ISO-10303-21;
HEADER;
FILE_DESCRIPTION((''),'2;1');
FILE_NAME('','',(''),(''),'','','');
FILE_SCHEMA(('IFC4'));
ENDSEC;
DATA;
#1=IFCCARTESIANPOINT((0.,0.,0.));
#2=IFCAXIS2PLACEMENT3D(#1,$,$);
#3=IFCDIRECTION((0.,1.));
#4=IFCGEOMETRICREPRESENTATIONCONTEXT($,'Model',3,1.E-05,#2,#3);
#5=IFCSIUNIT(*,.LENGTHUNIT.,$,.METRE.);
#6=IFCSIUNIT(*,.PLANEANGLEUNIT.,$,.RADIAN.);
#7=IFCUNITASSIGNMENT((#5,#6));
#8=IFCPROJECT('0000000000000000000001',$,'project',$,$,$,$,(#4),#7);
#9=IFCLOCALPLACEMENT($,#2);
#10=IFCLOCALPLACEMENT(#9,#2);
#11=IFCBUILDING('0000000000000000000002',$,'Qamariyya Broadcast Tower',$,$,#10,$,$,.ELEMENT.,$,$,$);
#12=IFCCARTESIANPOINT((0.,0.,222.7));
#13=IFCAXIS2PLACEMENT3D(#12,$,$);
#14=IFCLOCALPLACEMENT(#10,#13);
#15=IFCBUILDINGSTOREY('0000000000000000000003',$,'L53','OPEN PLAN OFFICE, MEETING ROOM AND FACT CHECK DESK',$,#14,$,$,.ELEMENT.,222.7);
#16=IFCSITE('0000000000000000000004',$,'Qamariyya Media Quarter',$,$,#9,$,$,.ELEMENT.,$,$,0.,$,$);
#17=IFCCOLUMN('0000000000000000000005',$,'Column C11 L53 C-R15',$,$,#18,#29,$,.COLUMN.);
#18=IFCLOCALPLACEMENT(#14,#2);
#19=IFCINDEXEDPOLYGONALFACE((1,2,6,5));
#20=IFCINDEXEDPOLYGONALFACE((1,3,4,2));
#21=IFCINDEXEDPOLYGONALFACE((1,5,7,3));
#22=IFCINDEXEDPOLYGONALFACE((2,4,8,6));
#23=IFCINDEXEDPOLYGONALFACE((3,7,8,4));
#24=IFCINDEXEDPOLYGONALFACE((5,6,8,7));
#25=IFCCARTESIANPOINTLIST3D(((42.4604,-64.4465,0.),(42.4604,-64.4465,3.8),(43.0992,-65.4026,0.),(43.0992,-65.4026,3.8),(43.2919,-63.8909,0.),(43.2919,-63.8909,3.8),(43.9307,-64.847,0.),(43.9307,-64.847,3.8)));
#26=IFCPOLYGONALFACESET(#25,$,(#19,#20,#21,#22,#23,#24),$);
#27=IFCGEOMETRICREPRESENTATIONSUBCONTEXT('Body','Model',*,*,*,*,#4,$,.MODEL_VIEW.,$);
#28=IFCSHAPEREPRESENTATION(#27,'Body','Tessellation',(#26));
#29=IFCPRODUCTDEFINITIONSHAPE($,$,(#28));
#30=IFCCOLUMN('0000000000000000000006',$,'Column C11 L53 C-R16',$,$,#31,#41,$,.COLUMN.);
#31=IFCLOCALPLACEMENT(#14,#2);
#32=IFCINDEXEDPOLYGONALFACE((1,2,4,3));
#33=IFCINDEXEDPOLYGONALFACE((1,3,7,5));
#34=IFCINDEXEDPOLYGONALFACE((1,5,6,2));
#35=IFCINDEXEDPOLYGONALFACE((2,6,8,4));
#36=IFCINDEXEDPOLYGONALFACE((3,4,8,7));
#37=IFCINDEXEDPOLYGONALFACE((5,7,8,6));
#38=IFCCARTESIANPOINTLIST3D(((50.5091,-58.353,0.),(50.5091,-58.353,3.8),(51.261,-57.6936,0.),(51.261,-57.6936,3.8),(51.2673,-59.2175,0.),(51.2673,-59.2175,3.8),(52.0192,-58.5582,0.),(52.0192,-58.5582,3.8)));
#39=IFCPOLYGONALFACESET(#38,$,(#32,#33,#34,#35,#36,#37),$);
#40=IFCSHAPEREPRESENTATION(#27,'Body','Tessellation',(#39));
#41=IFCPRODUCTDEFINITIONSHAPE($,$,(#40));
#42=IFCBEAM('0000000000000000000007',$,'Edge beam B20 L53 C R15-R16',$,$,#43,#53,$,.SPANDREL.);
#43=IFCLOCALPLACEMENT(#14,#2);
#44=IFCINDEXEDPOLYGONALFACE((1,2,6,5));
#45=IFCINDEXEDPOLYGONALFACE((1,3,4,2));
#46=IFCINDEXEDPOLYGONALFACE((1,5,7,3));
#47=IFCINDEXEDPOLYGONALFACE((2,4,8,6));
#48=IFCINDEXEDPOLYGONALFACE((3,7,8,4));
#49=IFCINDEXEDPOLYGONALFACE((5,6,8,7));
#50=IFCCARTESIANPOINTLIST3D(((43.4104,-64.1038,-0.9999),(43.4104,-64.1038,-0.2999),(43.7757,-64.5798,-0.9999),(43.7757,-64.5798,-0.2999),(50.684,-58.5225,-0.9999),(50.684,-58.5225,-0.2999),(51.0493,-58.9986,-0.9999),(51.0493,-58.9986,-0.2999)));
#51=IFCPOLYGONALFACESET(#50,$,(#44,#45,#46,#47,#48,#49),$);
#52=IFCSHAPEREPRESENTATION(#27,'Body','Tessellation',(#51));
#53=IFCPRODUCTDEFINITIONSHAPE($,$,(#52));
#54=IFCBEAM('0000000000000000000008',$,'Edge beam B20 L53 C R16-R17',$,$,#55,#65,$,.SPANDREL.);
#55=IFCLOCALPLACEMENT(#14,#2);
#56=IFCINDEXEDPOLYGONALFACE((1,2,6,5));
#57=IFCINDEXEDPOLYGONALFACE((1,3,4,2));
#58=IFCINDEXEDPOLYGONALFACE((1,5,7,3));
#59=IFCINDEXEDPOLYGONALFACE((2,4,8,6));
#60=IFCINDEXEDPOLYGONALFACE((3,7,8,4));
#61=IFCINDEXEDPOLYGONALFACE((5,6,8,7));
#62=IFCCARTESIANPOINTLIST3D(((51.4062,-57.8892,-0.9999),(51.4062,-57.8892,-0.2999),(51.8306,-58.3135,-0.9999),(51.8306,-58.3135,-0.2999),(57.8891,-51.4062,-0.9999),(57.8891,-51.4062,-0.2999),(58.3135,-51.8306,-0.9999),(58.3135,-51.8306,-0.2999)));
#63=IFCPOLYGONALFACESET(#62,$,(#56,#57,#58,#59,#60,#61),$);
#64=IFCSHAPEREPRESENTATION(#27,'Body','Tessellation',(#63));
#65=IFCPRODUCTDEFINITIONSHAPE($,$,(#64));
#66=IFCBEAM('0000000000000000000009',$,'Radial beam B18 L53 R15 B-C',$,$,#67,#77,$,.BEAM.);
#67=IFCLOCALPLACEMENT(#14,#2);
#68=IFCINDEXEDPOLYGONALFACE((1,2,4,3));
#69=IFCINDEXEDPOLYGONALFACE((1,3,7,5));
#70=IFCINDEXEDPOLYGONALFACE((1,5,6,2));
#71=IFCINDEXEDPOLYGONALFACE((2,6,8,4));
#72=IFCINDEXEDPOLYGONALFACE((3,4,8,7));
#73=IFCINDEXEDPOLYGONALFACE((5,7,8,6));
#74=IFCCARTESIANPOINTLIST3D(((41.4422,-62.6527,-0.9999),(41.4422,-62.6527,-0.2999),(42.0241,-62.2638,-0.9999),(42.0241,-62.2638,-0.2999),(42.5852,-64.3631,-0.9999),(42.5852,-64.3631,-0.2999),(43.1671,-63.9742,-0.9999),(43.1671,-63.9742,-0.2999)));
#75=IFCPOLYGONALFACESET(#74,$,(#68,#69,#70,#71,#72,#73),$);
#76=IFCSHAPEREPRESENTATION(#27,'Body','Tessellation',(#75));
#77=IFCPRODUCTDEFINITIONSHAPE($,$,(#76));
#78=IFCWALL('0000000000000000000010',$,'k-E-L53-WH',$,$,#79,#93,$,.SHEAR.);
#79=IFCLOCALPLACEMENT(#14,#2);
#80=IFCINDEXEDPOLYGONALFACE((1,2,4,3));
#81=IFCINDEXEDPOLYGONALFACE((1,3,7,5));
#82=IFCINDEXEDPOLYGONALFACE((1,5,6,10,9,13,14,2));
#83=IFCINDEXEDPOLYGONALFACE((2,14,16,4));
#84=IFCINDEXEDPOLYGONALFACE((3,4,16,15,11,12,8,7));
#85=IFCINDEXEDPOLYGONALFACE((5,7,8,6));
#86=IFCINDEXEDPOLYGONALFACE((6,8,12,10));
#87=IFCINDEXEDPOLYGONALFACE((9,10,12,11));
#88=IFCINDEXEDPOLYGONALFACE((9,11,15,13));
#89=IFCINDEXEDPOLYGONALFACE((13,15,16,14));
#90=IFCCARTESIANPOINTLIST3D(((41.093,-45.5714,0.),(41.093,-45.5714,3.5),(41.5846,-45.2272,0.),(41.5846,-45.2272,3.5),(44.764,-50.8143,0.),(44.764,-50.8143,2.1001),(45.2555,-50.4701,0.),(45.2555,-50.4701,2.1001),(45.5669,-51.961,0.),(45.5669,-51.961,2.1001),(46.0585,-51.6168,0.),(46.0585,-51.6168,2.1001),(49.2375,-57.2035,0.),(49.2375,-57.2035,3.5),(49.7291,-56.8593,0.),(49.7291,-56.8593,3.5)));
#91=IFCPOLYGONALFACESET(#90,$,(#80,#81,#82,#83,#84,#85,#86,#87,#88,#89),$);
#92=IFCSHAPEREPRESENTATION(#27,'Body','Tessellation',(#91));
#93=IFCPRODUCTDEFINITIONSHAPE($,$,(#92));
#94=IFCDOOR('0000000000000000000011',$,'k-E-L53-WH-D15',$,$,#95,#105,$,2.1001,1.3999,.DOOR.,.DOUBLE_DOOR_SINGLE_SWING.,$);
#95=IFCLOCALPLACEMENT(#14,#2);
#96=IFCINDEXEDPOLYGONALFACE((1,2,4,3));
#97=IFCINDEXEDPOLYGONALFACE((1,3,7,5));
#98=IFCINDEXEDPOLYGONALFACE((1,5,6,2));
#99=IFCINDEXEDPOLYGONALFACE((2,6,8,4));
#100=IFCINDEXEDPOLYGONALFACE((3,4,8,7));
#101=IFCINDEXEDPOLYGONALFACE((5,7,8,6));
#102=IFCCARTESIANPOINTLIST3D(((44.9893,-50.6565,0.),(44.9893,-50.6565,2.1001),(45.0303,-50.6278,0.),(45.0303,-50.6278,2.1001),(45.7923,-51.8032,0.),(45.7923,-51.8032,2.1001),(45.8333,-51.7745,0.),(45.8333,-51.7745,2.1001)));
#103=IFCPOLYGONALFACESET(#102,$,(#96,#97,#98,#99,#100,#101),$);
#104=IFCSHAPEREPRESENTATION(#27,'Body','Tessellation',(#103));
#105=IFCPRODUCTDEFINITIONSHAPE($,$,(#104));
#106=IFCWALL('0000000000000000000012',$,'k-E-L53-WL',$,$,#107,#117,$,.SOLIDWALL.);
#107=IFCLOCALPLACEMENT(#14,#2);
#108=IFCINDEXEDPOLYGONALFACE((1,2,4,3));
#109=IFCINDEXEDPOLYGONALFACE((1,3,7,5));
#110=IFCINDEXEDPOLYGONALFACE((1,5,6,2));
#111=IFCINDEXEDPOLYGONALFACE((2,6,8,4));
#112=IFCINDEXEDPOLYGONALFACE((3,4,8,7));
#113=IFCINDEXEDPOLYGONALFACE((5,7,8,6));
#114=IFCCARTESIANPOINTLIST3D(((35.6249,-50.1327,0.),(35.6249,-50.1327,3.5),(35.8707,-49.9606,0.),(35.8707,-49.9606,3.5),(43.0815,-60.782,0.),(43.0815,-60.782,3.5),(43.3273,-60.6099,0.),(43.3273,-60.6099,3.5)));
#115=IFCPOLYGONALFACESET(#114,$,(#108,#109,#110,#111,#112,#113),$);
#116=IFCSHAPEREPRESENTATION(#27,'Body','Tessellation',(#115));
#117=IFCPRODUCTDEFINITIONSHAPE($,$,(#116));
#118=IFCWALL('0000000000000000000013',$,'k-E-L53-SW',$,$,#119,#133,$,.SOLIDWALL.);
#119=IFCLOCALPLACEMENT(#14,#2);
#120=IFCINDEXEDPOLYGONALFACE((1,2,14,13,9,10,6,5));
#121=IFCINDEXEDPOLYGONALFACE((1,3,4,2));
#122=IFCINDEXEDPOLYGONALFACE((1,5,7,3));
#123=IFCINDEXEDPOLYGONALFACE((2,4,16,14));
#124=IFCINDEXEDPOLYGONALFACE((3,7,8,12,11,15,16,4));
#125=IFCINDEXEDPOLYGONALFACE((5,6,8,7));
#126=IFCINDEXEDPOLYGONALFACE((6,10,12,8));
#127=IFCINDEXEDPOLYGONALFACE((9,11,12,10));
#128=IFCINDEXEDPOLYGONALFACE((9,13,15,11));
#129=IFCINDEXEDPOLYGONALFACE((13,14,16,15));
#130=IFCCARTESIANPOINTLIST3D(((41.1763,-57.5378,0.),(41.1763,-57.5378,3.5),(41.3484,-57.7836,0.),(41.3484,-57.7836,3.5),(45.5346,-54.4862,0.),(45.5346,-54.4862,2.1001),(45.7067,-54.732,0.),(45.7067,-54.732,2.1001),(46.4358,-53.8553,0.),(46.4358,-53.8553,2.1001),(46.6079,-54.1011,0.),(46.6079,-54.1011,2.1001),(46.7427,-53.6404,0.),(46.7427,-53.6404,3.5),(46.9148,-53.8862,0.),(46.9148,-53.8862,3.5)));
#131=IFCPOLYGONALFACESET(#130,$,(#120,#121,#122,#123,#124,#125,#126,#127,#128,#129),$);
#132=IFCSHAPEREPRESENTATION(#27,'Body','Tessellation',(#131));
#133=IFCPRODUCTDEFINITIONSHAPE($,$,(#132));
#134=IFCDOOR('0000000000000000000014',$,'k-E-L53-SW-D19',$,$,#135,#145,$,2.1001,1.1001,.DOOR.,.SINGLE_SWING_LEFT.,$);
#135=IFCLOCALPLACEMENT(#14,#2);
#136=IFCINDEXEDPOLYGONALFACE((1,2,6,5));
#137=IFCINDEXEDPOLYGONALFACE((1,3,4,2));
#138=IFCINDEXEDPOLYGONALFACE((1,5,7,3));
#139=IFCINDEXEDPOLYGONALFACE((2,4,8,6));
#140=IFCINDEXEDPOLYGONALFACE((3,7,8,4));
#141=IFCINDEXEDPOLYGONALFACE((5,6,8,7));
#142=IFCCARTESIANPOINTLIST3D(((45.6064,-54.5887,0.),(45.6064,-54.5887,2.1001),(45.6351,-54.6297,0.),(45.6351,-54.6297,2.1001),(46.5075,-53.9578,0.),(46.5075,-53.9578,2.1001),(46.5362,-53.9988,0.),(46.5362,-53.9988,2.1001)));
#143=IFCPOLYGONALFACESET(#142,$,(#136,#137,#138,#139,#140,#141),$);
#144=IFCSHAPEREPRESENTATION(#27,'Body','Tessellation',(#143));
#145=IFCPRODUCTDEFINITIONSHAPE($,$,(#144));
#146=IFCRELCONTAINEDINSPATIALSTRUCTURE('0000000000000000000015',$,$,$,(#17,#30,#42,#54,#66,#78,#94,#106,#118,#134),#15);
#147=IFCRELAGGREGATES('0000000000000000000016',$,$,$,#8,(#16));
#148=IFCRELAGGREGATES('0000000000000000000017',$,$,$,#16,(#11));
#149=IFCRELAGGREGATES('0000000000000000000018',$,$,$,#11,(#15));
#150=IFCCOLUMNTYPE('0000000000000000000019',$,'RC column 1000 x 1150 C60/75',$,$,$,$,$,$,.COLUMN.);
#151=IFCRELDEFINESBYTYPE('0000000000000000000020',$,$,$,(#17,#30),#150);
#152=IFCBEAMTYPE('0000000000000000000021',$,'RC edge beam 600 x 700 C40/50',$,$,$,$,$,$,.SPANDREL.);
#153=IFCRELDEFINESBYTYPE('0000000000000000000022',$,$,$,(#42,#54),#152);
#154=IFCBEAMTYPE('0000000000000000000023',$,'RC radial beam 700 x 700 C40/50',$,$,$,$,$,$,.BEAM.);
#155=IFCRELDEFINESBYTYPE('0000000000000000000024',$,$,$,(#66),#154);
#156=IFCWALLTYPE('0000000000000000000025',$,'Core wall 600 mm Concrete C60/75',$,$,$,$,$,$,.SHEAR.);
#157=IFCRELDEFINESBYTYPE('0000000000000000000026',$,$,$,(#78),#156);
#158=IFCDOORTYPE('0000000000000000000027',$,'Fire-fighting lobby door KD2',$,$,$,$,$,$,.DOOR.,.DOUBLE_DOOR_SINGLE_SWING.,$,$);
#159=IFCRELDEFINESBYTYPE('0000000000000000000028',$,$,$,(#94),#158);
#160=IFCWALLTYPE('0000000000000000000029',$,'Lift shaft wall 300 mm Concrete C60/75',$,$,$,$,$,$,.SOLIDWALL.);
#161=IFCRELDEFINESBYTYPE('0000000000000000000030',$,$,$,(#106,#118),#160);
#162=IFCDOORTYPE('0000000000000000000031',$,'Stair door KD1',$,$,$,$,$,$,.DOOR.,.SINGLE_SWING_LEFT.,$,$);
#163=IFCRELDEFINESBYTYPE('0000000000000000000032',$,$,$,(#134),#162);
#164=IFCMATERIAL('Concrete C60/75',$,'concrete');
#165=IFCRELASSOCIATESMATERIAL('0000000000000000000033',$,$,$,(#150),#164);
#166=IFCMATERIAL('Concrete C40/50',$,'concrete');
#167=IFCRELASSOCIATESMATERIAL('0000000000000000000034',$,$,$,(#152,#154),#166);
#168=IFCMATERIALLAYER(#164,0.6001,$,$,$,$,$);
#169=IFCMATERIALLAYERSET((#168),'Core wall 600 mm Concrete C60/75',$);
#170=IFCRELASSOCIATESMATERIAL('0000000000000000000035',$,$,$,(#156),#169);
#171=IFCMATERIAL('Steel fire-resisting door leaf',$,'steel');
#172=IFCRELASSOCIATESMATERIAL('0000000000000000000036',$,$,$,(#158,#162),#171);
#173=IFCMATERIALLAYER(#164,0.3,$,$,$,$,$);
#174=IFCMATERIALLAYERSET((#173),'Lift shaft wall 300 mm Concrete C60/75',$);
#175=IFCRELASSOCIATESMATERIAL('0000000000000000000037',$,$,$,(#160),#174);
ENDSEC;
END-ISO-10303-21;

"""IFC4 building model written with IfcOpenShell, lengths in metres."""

from ifc_helpers import new_model, si_unit, direction, frame, frame_2d, origin, origin_2d, place, context, subcontext, project, spatial, rectangle, extrude, material, layer, layer_set, material_profile, profile_set, type_object, element, fill, save


model = new_model("IFC4")

# Units and contexts
model_context = context("Model", 3, precision=1e-05, world=origin(), true_north=direction((0.0, 1.0)))
body_context = subcontext(model_context, "Body", "Model", "MODEL_VIEW")
ifc_project = project(units=[si_unit("LENGTHUNIT", "METRE"), si_unit("PLANEANGLEUNIT", "RADIAN")], contexts=[model_context])

# Site, building, storey
site_placement = place(None, origin())
site = spatial("IfcSite", under=ifc_project, at=site_placement, Name="Qamariyya Media Quarter", CompositionType="ELEMENT", RefElevation=0.0)
building_placement = place(site_placement, origin())
building = spatial("IfcBuilding", under=site, at=building_placement, Name="Qamariyya Broadcast Tower", CompositionType="ELEMENT")
storey_placement = place(building_placement, frame((0.0, 0.0, 222.7)))
storey = spatial("IfcBuildingStorey", under=building, at=storey_placement, Name="L53", Description="OPEN PLAN OFFICE, MEETING ROOM AND FACT CHECK DESK", CompositionType="ELEMENT", Elevation=222.7)

# Columns
ifc_material_1 = material(Name="Concrete C60/75", Category="concrete")
ifc_material_profile_1 = material_profile(ifc_material_1, rectangle(XDim=1.0, YDim=1.1499, at=origin_2d()))
ifc_profile_set_1 = profile_set([ifc_material_profile_1], Name="Concrete C60/75")
column_type = type_object("IfcColumnType", Name="RC column 1000 x 1150 C60/75", PredefinedType="COLUMN", material=ifc_profile_set_1)
for number, where, z_axis, x_axis, name in (
    (1, (43.1956, -64.6467, 0.0), (0.0, 0.0, 1.0), (0.83147, 0.55557, 0.0), "Column C11 L53 C-R15"),
    (2, (51.2642, -58.4556, 0.0), (0.0, 0.0, 1.0), (0.75184, 0.659346, 0.0), "Column C11 L53 C-R16"),
):
    element("IfcColumn", number, at=place(storey_placement, frame(where, z_axis=z_axis, x_axis=x_axis)), inside=storey, type_object=column_type, Name=name, PredefinedType="COLUMN", context=body_context, shape_type="SweptSolid", body=[
        extrude(rectangle(XDim=1.0, YDim=1.1499, at=origin_2d()), origin(), (0.0, 0.0, 1.0), 3.8),
    ])

# Beams
ifc_material_2 = material(Name="Concrete C40/50", Category="concrete")
ifc_material_profile_2 = material_profile(ifc_material_2, rectangle(XDim=0.6001, YDim=0.7, at=origin_2d()))
ifc_profile_set_2 = profile_set([ifc_material_profile_2], Name="Concrete C40/50")
beam_type_1 = type_object("IfcBeamType", Name="RC edge beam 600 x 700 C40/50", PredefinedType="SPANDREL", material=ifc_profile_set_2)
for number, where, z_axis, x_axis, name in (
    (3, (43.593, -64.3418, -0.6499), (0.793353, 0.608762, 0.0), (-0.608762, 0.793353, 0.0), "Edge beam B20 L53 C R15-R16"),
    (4, (51.6184, -58.1013, -0.6499), (0.707107, 0.707107, 0.0), (-0.707107, 0.707107, 0.0), "Edge beam B20 L53 C R16-R17"),
):
    element("IfcBeam", number, at=place(storey_placement, frame(where, z_axis=z_axis, x_axis=x_axis)), inside=storey, type_object=beam_type_1, Name=name, PredefinedType="SPANDREL", context=body_context, shape_type="SweptSolid", body=[
        extrude(rectangle(XDim=0.6001, YDim=0.7, at=origin_2d()), origin(), (0.0, 0.0, 1.0), 9.1682),
    ])
ifc_material_profile_3 = material_profile(ifc_material_2, rectangle(XDim=0.7, YDim=0.7, at=origin_2d()))
ifc_profile_set_3 = profile_set([ifc_material_profile_3], Name="Concrete C40/50")
beam_type_2 = type_object("IfcBeamType", Name="RC radial beam 700 x 700 C40/50", PredefinedType="BEAM", material=ifc_profile_set_3)
beam_placement = place(storey_placement, frame((41.7332, -62.4583, -0.6499), z_axis=(0.555631, -0.831429, 0.0), x_axis=(0.831429, 0.555631, 0.0)))
element("IfcBeam", 5, at=beam_placement, inside=storey, type_object=beam_type_2, Name="Radial beam B18 L53 R15 B-C", PredefinedType="BEAM", context=body_context, shape_type="SweptSolid", body=[
    extrude(rectangle(XDim=0.7, YDim=0.7, at=origin_2d()), origin(), (0.0, 0.0, 1.0), 2.0571),
])

# Wall, opening, door
ifc_layer_1 = layer(ifc_material_1, 0.6001)
ifc_layer_set_1 = layer_set([ifc_layer_1], Name="Core wall 600 mm Concrete C60/75")
wall_type_1 = type_object("IfcWallType", Name="Core wall 600 mm Concrete C60/75", PredefinedType="SHEAR", material=ifc_layer_set_1)
wall_1_placement = place(storey_placement, frame((49.4834, -57.0315, 0.0), z_axis=(0.0, 0.0, 1.0), x_axis=(-0.57356, 0.819163, 0.0)))
wall_1 = element("IfcWall", 6, at=wall_1_placement, inside=storey, type_object=wall_type_1, Name="k-E-L53-WH", PredefinedType="SHEAR", context=body_context, shape_type="SweptSolid", body=[
    extrude(rectangle(XDim=14.2, YDim=0.6001, at=frame_2d((7.1001, 0.0))), origin(), (0.0, 0.0, 1.0), 3.5),
])
opening_1_placement = place(wall_1_placement, frame((6.3999, 0.0, 0.0)))
opening_1 = element("IfcOpeningElement", 7, at=opening_1_placement, cuts=wall_1, PredefinedType="OPENING", context=body_context, shape_type="SweptSolid", body=[
    extrude(rectangle(XDim=1.3999, YDim=2.1001, at=frame_2d((0.7, 1.05))), frame((0.0, 0.3101, 0.0), z_axis=(0.0, -1.0, 0.0), x_axis=(1.0, 0.0, 0.0)), (0.0, 0.0, 1.0), 0.6201),
])
ifc_material_3 = material(Name="Steel fire-resisting door leaf", Category="steel")
door_type_1 = type_object("IfcDoorType", Name="Fire-fighting lobby door KD2", OperationType="DOUBLE_DOOR_SINGLE_SWING", PredefinedType="DOOR", material=ifc_material_3)
door_1_placement = place(opening_1_placement, origin())
door_1 = element("IfcDoor", 8, at=door_1_placement, inside=storey, type_object=door_type_1, Name="k-E-L53-WH-D15", OperationType="DOUBLE_DOOR_SINGLE_SWING", OverallHeight=2.1001, OverallWidth=1.3999, PredefinedType="DOOR", context=body_context, shape_type="SweptSolid", body=[
    extrude(rectangle(XDim=1.3999, YDim=2.1001, at=frame_2d((0.7, 1.05))), frame((0.0, 0.0249, 0.0), z_axis=(0.0, -1.0, 0.0), x_axis=(1.0, 0.0, 0.0)), (0.0, 0.0, 1.0), 0.05),
])
fill(opening_1, door_1)

# Wall
ifc_layer_2 = layer(ifc_material_1, 0.3)
ifc_layer_set_2 = layer_set([ifc_layer_2], Name="Lift shaft wall 300 mm Concrete C60/75")
wall_type_2 = type_object("IfcWallType", Name="Lift shaft wall 300 mm Concrete C60/75", PredefinedType="SOLIDWALL", material=ifc_layer_set_2)
wall_2_placement = place(storey_placement, frame((43.2043, -60.6958, 0.0), z_axis=(0.0, 0.0, 1.0), x_axis=(-0.573572, 0.819155, 0.0)))
element("IfcWall", 9, at=wall_2_placement, inside=storey, type_object=wall_type_2, Name="k-E-L53-WL", PredefinedType="SOLIDWALL", context=body_context, shape_type="SweptSolid", body=[
    extrude(rectangle(XDim=13.0002, YDim=0.3, at=frame_2d((6.5, 0.0))), origin(), (0.0, 0.0, 1.0), 3.5),
])

# Wall, opening, door
wall_3_placement = place(storey_placement, frame((41.2625, -57.6606, 0.0), z_axis=(0.0, 0.0, 1.0), x_axis=(0.819164, 0.573559, 0.0)))
wall_3 = element("IfcWall", 10, at=wall_3_placement, inside=storey, type_object=wall_type_2, Name="k-E-L53-SW", PredefinedType="SOLIDWALL", context=body_context, shape_type="SweptSolid", body=[
    extrude(rectangle(XDim=6.7952, YDim=0.3, at=frame_2d((3.3975, 0.0))), origin(), (0.0, 0.0, 1.0), 3.5),
])
opening_2_placement = place(wall_3_placement, frame((5.3203, 0.0, 0.0)))
opening_2 = element("IfcOpeningElement", 11, at=opening_2_placement, cuts=wall_3, PredefinedType="OPENING", context=body_context, shape_type="SweptSolid", body=[
    extrude(rectangle(XDim=1.1001, YDim=2.1001, at=frame_2d((0.55, 1.05))), frame((0.0, 0.1599, 0.0), z_axis=(0.0, -1.0, 0.0), x_axis=(1.0, 0.0, 0.0)), (0.0, 0.0, 1.0), 0.3201),
])
door_type_2 = type_object("IfcDoorType", Name="Stair door KD1", OperationType="SINGLE_SWING_LEFT", PredefinedType="DOOR", material=ifc_material_3)
door_2_placement = place(opening_2_placement, origin())
door_2 = element("IfcDoor", 12, at=door_2_placement, inside=storey, type_object=door_type_2, Name="k-E-L53-SW-D19", OperationType="SINGLE_SWING_LEFT", OverallHeight=2.1001, OverallWidth=1.1001, PredefinedType="DOOR", context=body_context, shape_type="SweptSolid", body=[
    extrude(rectangle(XDim=1.1001, YDim=2.1001, at=frame_2d((0.55, 1.05))), frame((0.0, 0.0249, 0.0), z_axis=(0.0, -1.0, 0.0), x_axis=(1.0, 0.0, 0.0)), (0.0, 0.0, 1.0), 0.05),
])
fill(opening_2, door_2)

save(model, "model.ifc")
